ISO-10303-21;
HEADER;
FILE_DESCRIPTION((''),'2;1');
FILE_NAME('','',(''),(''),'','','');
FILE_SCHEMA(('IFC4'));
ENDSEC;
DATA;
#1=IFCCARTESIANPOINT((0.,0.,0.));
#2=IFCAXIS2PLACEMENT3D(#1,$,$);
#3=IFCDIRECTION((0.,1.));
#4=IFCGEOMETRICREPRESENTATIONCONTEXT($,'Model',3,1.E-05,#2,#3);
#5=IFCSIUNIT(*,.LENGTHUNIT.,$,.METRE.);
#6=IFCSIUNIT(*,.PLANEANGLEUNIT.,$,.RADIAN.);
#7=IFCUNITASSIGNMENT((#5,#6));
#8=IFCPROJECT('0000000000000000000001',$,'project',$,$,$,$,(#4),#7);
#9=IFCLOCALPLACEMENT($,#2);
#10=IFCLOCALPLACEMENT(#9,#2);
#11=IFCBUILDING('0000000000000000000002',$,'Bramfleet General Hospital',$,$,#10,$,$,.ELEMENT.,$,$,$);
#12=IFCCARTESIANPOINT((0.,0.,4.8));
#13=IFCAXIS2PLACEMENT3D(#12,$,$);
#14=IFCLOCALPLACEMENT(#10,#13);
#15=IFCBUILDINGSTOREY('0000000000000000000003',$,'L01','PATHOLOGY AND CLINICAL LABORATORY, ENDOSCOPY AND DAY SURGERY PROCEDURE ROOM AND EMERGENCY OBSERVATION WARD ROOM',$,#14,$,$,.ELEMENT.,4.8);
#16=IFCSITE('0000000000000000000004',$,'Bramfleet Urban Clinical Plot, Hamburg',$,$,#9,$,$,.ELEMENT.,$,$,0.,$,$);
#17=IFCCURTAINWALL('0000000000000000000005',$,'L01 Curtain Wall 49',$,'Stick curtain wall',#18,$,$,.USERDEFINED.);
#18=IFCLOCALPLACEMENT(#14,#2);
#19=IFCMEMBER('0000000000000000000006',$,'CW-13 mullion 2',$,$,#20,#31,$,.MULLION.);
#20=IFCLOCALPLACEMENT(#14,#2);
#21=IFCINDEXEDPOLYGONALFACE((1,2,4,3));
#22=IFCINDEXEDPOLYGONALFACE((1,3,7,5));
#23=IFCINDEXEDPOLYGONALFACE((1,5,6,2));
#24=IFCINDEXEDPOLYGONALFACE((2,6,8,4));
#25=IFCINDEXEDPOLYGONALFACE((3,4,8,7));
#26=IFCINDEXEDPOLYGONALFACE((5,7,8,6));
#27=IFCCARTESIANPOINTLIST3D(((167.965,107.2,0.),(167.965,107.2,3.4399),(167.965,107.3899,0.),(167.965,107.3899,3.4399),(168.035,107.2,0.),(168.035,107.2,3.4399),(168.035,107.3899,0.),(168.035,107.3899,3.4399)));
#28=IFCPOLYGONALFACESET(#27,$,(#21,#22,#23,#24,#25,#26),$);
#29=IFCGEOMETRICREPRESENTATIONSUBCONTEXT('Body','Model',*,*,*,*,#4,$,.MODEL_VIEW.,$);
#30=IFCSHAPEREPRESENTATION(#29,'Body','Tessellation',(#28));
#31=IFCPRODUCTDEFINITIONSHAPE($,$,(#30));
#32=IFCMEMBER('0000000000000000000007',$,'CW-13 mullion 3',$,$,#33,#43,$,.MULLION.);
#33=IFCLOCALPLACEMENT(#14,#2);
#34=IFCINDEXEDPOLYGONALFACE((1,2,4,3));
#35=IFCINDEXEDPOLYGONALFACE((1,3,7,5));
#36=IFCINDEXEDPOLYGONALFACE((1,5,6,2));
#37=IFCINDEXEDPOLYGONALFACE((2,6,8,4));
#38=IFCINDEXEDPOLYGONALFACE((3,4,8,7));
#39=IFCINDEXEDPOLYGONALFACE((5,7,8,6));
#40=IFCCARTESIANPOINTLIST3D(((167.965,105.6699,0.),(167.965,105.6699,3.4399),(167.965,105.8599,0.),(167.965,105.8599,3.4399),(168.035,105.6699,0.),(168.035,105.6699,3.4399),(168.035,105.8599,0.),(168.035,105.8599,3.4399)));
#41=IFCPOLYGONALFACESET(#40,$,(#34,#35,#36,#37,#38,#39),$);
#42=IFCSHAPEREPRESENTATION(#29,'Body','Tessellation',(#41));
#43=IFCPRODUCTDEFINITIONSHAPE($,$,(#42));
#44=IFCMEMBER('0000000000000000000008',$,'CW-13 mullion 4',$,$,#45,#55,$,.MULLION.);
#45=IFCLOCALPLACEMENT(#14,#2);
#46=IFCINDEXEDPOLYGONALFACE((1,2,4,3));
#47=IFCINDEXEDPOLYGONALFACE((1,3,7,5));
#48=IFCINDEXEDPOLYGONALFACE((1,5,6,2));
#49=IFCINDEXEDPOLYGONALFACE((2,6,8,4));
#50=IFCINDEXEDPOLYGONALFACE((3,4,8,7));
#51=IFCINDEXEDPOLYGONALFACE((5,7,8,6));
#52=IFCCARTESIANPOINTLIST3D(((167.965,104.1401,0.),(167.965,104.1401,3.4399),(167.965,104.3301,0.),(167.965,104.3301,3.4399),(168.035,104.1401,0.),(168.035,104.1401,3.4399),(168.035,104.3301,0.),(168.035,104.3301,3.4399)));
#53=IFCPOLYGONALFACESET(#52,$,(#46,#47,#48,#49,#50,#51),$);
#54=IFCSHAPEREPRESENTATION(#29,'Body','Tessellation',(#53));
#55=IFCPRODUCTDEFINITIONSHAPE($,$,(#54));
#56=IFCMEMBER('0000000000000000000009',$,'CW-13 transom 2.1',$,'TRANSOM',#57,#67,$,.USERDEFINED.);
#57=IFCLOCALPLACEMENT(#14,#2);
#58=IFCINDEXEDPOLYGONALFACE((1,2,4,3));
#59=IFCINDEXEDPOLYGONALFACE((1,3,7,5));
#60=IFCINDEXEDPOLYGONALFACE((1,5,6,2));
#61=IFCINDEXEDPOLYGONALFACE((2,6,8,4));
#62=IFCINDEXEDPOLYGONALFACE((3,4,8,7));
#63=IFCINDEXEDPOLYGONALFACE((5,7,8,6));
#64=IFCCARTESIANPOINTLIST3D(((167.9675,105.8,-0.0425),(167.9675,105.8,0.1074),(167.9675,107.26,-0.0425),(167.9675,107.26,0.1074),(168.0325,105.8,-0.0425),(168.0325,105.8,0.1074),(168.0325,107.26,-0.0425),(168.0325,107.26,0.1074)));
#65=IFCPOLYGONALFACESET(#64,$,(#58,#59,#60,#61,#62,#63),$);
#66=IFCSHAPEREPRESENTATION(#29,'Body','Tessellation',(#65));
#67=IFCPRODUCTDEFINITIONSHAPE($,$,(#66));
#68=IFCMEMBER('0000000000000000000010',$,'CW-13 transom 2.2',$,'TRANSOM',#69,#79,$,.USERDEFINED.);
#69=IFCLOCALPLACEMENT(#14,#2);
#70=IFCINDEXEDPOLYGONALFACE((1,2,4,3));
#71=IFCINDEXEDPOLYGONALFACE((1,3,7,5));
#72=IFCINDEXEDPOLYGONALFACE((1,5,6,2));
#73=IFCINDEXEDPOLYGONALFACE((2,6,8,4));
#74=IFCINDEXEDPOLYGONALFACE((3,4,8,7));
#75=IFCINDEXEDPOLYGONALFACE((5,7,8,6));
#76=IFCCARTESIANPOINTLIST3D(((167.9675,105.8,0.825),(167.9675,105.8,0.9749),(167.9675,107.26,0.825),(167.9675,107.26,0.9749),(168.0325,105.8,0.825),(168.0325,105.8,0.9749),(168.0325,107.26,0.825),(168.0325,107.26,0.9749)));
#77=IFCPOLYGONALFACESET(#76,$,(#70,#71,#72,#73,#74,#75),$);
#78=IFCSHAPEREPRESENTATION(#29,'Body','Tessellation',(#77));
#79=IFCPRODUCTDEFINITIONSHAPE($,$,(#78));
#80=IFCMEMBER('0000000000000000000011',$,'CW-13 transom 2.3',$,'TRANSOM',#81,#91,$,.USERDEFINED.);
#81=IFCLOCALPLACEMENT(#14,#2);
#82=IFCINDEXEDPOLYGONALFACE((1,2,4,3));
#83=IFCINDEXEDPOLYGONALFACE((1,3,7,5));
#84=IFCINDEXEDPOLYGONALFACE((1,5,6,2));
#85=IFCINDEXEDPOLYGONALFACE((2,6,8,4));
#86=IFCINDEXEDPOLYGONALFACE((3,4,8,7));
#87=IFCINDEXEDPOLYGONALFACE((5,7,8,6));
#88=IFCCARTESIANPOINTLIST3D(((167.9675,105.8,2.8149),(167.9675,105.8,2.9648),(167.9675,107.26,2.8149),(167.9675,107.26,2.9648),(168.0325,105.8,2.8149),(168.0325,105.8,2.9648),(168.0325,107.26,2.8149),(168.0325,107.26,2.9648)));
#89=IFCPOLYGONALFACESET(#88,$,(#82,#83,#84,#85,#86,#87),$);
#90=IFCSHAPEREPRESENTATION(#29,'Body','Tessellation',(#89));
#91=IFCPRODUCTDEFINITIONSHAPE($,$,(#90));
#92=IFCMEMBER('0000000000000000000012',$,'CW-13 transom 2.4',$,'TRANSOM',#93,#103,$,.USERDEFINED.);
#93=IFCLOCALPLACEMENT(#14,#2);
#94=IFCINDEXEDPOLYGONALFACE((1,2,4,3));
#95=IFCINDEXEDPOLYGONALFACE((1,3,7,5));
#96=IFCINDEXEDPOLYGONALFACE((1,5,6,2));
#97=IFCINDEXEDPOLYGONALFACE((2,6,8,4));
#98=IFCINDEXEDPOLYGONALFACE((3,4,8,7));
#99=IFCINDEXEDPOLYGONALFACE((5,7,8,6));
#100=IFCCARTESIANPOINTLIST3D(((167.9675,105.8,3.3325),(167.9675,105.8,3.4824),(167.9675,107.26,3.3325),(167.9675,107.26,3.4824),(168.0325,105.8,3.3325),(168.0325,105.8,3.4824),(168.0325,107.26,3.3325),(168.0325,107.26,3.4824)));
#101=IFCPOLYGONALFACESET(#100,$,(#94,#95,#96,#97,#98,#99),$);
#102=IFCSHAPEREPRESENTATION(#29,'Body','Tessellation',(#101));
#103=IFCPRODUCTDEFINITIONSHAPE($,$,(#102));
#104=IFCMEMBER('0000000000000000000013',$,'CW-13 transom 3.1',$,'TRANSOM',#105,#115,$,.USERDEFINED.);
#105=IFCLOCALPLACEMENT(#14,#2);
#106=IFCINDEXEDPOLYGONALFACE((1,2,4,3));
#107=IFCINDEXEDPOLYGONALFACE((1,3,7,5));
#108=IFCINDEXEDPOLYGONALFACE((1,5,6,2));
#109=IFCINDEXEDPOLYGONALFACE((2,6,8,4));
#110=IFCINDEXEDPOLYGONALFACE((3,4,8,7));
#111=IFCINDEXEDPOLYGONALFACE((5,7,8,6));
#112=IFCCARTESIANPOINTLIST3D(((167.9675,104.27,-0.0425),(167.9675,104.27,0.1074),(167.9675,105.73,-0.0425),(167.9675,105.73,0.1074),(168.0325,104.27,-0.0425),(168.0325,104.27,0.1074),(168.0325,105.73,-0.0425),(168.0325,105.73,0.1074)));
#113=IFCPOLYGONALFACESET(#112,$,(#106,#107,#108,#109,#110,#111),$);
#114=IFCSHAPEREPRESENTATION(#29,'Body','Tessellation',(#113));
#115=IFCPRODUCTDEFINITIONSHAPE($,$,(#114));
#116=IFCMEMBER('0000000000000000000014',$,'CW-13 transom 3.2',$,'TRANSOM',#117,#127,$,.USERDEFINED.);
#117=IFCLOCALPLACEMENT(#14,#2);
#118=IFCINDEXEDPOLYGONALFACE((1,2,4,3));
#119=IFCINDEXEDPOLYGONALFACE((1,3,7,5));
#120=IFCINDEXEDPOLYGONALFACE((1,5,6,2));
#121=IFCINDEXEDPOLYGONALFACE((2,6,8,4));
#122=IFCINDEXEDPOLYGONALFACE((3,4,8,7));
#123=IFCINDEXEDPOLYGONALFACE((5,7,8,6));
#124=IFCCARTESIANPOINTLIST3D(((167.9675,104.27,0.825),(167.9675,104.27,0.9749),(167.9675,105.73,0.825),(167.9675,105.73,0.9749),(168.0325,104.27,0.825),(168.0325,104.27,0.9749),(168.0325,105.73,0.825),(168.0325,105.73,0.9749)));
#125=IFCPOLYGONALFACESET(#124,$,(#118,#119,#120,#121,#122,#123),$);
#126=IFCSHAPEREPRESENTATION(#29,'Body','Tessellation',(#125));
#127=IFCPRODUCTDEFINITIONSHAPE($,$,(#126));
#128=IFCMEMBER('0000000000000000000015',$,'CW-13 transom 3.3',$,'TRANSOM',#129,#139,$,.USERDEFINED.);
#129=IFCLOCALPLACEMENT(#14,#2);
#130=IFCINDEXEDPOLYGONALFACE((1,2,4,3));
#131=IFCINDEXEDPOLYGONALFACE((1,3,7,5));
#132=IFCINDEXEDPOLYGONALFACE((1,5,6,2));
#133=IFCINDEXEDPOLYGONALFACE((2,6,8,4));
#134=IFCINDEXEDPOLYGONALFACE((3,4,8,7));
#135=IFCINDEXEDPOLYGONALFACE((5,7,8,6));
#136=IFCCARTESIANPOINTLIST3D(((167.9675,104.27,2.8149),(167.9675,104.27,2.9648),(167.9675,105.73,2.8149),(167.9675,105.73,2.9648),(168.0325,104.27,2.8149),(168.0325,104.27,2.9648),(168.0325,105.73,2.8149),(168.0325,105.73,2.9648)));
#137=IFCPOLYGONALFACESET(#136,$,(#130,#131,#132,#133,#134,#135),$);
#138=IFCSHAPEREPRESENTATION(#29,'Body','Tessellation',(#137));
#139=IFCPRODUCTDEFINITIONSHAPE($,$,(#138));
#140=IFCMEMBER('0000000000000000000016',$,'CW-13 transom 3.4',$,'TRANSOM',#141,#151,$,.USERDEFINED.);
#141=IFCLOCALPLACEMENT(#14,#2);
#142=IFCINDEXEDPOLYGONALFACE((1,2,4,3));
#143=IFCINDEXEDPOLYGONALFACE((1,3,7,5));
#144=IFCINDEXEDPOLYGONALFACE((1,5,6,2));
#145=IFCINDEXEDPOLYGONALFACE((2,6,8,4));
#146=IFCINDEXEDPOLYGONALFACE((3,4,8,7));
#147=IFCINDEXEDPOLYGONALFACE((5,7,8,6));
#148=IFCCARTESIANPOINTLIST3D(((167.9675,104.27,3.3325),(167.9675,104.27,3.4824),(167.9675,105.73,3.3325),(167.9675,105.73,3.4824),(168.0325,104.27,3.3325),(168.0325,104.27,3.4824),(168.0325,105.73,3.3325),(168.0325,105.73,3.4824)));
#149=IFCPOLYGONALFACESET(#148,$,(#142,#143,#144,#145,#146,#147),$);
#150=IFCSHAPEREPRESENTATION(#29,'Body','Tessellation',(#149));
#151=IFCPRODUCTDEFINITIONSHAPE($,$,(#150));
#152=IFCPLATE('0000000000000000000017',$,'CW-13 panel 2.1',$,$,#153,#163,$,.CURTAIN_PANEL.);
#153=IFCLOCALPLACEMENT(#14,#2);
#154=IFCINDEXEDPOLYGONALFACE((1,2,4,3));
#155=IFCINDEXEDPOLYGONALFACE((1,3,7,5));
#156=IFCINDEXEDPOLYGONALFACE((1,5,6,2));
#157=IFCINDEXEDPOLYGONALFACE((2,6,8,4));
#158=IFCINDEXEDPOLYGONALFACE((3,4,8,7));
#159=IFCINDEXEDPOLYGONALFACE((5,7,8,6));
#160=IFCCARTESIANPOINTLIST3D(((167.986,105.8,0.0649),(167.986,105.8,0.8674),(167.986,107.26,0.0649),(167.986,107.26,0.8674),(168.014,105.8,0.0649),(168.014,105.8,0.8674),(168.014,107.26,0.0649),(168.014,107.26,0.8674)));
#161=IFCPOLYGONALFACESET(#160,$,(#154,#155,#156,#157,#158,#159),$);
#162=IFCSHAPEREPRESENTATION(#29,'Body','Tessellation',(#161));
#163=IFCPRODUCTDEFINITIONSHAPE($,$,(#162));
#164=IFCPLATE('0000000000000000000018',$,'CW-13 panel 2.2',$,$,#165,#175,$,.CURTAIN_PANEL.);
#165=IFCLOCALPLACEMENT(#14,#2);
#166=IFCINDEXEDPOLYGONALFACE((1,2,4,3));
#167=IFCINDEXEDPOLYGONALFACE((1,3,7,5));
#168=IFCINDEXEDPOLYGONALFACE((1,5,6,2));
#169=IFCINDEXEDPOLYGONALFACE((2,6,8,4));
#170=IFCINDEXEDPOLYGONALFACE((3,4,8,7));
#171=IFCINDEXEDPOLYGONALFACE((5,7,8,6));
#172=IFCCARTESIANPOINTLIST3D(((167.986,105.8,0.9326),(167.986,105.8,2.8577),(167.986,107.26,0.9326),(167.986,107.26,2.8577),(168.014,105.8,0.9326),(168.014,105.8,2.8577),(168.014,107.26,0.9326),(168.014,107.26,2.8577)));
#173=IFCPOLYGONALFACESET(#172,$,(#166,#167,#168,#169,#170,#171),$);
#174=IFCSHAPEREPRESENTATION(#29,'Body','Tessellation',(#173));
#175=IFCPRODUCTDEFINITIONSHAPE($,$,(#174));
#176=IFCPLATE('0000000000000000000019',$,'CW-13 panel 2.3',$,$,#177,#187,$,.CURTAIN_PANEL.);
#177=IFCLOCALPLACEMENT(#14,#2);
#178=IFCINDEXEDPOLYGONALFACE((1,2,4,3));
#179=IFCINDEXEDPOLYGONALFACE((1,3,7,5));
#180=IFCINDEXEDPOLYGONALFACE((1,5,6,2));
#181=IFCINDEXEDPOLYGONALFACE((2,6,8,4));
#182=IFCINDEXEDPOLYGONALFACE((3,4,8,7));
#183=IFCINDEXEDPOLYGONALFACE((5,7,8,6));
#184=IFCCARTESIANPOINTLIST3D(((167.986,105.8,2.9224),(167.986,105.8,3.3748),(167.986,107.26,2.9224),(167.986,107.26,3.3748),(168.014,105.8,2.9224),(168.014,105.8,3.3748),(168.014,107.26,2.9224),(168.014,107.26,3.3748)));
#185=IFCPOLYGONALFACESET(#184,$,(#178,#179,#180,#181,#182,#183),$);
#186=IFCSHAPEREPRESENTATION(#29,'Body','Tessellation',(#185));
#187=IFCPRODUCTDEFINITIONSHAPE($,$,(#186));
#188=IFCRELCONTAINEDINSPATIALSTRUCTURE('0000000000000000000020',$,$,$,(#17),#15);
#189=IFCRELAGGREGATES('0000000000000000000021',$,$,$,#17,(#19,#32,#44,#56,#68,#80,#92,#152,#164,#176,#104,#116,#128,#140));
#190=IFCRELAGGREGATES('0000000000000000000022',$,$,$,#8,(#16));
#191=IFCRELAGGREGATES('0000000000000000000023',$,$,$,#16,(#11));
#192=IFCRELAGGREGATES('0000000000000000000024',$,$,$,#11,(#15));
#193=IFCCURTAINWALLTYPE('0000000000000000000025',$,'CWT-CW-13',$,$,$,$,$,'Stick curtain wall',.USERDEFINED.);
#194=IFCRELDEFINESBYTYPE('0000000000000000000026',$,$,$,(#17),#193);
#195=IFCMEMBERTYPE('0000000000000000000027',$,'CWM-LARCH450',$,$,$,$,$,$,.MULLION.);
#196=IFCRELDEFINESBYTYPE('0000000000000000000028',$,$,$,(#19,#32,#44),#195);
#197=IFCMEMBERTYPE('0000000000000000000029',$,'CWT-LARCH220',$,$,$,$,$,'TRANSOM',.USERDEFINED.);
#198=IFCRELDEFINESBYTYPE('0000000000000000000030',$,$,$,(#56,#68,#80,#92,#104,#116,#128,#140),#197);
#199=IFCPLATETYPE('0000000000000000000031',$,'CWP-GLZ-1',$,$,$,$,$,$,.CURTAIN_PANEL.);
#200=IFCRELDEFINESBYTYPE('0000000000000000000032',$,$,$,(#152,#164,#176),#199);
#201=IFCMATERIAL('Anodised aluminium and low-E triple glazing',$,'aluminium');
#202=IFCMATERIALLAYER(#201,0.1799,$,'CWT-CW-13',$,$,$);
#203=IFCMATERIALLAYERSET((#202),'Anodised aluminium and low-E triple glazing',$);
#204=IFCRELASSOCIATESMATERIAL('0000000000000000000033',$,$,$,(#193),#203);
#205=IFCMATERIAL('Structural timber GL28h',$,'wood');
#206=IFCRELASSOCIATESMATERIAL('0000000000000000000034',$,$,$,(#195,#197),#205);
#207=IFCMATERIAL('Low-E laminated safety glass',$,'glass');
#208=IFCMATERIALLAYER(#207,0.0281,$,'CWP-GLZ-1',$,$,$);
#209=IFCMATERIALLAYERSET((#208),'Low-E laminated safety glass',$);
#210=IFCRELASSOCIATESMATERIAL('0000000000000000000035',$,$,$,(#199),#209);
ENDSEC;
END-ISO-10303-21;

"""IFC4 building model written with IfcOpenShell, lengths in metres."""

from ifc_helpers import new_model, si_unit, direction, frame, origin, origin_2d, place, context, subcontext, project, spatial, rectangle, extrude, material, layer, layer_set, material_profile, profile_set, type_object, element, aggregate, save


model = new_model("IFC4")

# Units and contexts
model_context = context("Model", 3, precision=1e-05, world=origin(), true_north=direction((0.0, 1.0)))
body_context = subcontext(model_context, "Body", "Model", "MODEL_VIEW")
ifc_project = project(units=[si_unit("LENGTHUNIT", "METRE"), si_unit("PLANEANGLEUNIT", "RADIAN")], contexts=[model_context])

# Site, building, storey
site_placement = place(None, origin())
site = spatial("IfcSite", under=ifc_project, at=site_placement, Name="Bramfleet Urban Clinical Plot, Hamburg", CompositionType="ELEMENT", RefElevation=0.0)
building_placement = place(site_placement, origin())
building = spatial("IfcBuilding", under=site, at=building_placement, Name="Bramfleet General Hospital", CompositionType="ELEMENT")
storey_placement = place(building_placement, frame((0.0, 0.0, 4.8)))
storey = spatial("IfcBuildingStorey", under=building, at=storey_placement, Name="L01", Description="PATHOLOGY AND CLINICAL LABORATORY, ENDOSCOPY AND DAY SURGERY PROCEDURE ROOM AND EMERGENCY OBSERVATION WARD ROOM", CompositionType="ELEMENT", Elevation=4.8)

# Curtain wall, members, plates
ifc_material_1 = material(Name="Anodised aluminium and low-E triple glazing", Category="aluminium")
ifc_layer_1 = layer(ifc_material_1, 0.1799, Name="CWT-CW-13")
ifc_layer_set_1 = layer_set([ifc_layer_1], Name="Anodised aluminium and low-E triple glazing")
curtain_wall_type = type_object("IfcCurtainWallType", Name="CWT-CW-13", ElementType="Stick curtain wall", PredefinedType="USERDEFINED", material=ifc_layer_set_1)
curtain_wall_placement = place(storey_placement, origin())
curtain_wall = element("IfcCurtainWall", 1, at=curtain_wall_placement, inside=storey, type_object=curtain_wall_type, Name="L01 Curtain Wall 49", ObjectType="Stick curtain wall", PredefinedType="USERDEFINED")
ifc_material_2 = material(Name="Structural timber GL28h", Category="wood")
ifc_material_profile_1 = material_profile(ifc_material_2, rectangle(XDim=0.0701, YDim=0.1899, at=origin_2d()), Name="LARCH 190x70")
ifc_profile_set_1 = profile_set([ifc_material_profile_1], Name="Structural timber GL28h")
member_type_1 = type_object("IfcMemberType", Name="CWM-LARCH450", PredefinedType="MULLION", material=ifc_profile_set_1)
member_1_placement = place(storey_placement, frame((168.0, 107.2949, 0.0), z_axis=(0.0, 0.0, 1.0), x_axis=(1.0, 0.0, 0.0)))
member_1 = element("IfcMember", 2, at=member_1_placement, type_object=member_type_1, Name="CW-13 mullion 2", PredefinedType="MULLION", context=body_context, shape_type="SweptSolid", body=[
    extrude(rectangle(XDim=0.0701, YDim=0.1899, at=origin_2d()), origin(), (0.0, 0.0, 1.0), 3.4399),
])
member_2_placement = place(storey_placement, frame((168.0, 105.7649, 0.0), z_axis=(0.0, 0.0, 1.0), x_axis=(1.0, 0.0, 0.0)))
member_2 = element("IfcMember", 3, at=member_2_placement, type_object=member_type_1, Name="CW-13 mullion 3", PredefinedType="MULLION", context=body_context, shape_type="SweptSolid", body=[
    extrude(rectangle(XDim=0.0701, YDim=0.1899, at=origin_2d()), origin(), (0.0, 0.0, 1.0), 3.4399),
])
member_3_placement = place(storey_placement, frame((168.0, 104.2351, 0.0), z_axis=(0.0, 0.0, 1.0), x_axis=(1.0, 0.0, 0.0)))
member_3 = element("IfcMember", 4, at=member_3_placement, type_object=member_type_1, Name="CW-13 mullion 4", PredefinedType="MULLION", context=body_context, shape_type="SweptSolid", body=[
    extrude(rectangle(XDim=0.0701, YDim=0.1899, at=origin_2d()), origin(), (0.0, 0.0, 1.0), 3.4399),
])
ifc_material_profile_2 = material_profile(ifc_material_2, rectangle(XDim=0.0649, YDim=0.1499, at=origin_2d()), Name="LARCH 150x65")
ifc_profile_set_2 = profile_set([ifc_material_profile_2], Name="Structural timber GL28h")
member_type_2 = type_object("IfcMemberType", Name="CWT-LARCH220", ElementType="TRANSOM", PredefinedType="USERDEFINED", material=ifc_profile_set_2)
member_4_placement = place(storey_placement, frame((168.0, 107.26, 0.0325), z_axis=(0.0, -1.0, 0.0), x_axis=(1.0, 0.0, 0.0)))
member_4 = element("IfcMember", 5, at=member_4_placement, type_object=member_type_2, Name="CW-13 transom 2.1", ObjectType="TRANSOM", PredefinedType="USERDEFINED", context=body_context, shape_type="SweptSolid", body=[
    extrude(rectangle(XDim=0.0649, YDim=0.1499, at=origin_2d()), origin(), (0.0, 0.0, 1.0), 1.46),
])
member_5_placement = place(storey_placement, frame((168.0, 107.26, 0.8999), z_axis=(0.0, -1.0, 0.0), x_axis=(1.0, 0.0, 0.0)))
member_5 = element("IfcMember", 6, at=member_5_placement, type_object=member_type_2, Name="CW-13 transom 2.2", ObjectType="TRANSOM", PredefinedType="USERDEFINED", context=body_context, shape_type="SweptSolid", body=[
    extrude(rectangle(XDim=0.0649, YDim=0.1499, at=origin_2d()), origin(), (0.0, 0.0, 1.0), 1.46),
])
member_6_placement = place(storey_placement, frame((168.0, 107.26, 2.8899), z_axis=(0.0, -1.0, 0.0), x_axis=(1.0, 0.0, 0.0)))
member_6 = element("IfcMember", 7, at=member_6_placement, type_object=member_type_2, Name="CW-13 transom 2.3", ObjectType="TRANSOM", PredefinedType="USERDEFINED", context=body_context, shape_type="SweptSolid", body=[
    extrude(rectangle(XDim=0.0649, YDim=0.1499, at=origin_2d()), origin(), (0.0, 0.0, 1.0), 1.46),
])
member_7_placement = place(storey_placement, frame((168.0, 107.26, 3.4075), z_axis=(0.0, -1.0, 0.0), x_axis=(1.0, 0.0, 0.0)))
member_7 = element("IfcMember", 8, at=member_7_placement, type_object=member_type_2, Name="CW-13 transom 2.4", ObjectType="TRANSOM", PredefinedType="USERDEFINED", context=body_context, shape_type="SweptSolid", body=[
    extrude(rectangle(XDim=0.0649, YDim=0.1499, at=origin_2d()), origin(), (0.0, 0.0, 1.0), 1.46),
])
member_8_placement = place(storey_placement, frame((168.0, 105.73, 0.0325), z_axis=(0.0, -1.0, 0.0), x_axis=(1.0, 0.0, 0.0)))
member_8 = element("IfcMember", 9, at=member_8_placement, type_object=member_type_2, Name="CW-13 transom 3.1", ObjectType="TRANSOM", PredefinedType="USERDEFINED", context=body_context, shape_type="SweptSolid", body=[
    extrude(rectangle(XDim=0.0649, YDim=0.1499, at=origin_2d()), origin(), (0.0, 0.0, 1.0), 1.46),
])
member_9_placement = place(storey_placement, frame((168.0, 105.73, 0.8999), z_axis=(0.0, -1.0, 0.0), x_axis=(1.0, 0.0, 0.0)))
member_9 = element("IfcMember", 10, at=member_9_placement, type_object=member_type_2, Name="CW-13 transom 3.2", ObjectType="TRANSOM", PredefinedType="USERDEFINED", context=body_context, shape_type="SweptSolid", body=[
    extrude(rectangle(XDim=0.0649, YDim=0.1499, at=origin_2d()), origin(), (0.0, 0.0, 1.0), 1.46),
])
member_10_placement = place(storey_placement, frame((168.0, 105.73, 2.8899), z_axis=(0.0, -1.0, 0.0), x_axis=(1.0, 0.0, 0.0)))
member_10 = element("IfcMember", 11, at=member_10_placement, type_object=member_type_2, Name="CW-13 transom 3.3", ObjectType="TRANSOM", PredefinedType="USERDEFINED", context=body_context, shape_type="SweptSolid", body=[
    extrude(rectangle(XDim=0.0649, YDim=0.1499, at=origin_2d()), origin(), (0.0, 0.0, 1.0), 1.46),
])
member_11_placement = place(storey_placement, frame((168.0, 105.73, 3.4075), z_axis=(0.0, -1.0, 0.0), x_axis=(1.0, 0.0, 0.0)))
member_11 = element("IfcMember", 12, at=member_11_placement, type_object=member_type_2, Name="CW-13 transom 3.4", ObjectType="TRANSOM", PredefinedType="USERDEFINED", context=body_context, shape_type="SweptSolid", body=[
    extrude(rectangle(XDim=0.0649, YDim=0.1499, at=origin_2d()), origin(), (0.0, 0.0, 1.0), 1.46),
])
ifc_material_3 = material(Name="Low-E laminated safety glass", Category="glass")
ifc_layer_2 = layer(ifc_material_3, 0.0281, Name="CWP-GLZ-1")
ifc_layer_set_2 = layer_set([ifc_layer_2], Name="Low-E laminated safety glass")
plate_type = type_object("IfcPlateType", Name="CWP-GLZ-1", PredefinedType="CURTAIN_PANEL", material=ifc_layer_set_2)
plate_1_placement = place(storey_placement, frame((168.0, 106.53, 0.0649), z_axis=(0.0, 0.0, 1.0), x_axis=(0.0, -1.0, 0.0)))
plate_1 = element("IfcPlate", 13, at=plate_1_placement, type_object=plate_type, Name="CW-13 panel 2.1", PredefinedType="CURTAIN_PANEL", context=body_context, shape_type="SweptSolid", body=[
    extrude(rectangle(XDim=1.46, YDim=0.0281, at=origin_2d()), origin(), (0.0, 0.0, 1.0), 0.8025),
])
plate_2_placement = place(storey_placement, frame((168.0, 106.53, 0.9326), z_axis=(0.0, 0.0, 1.0), x_axis=(0.0, -1.0, 0.0)))
plate_2 = element("IfcPlate", 14, at=plate_2_placement, type_object=plate_type, Name="CW-13 panel 2.2", PredefinedType="CURTAIN_PANEL", context=body_context, shape_type="SweptSolid", body=[
    extrude(rectangle(XDim=1.46, YDim=0.0281, at=origin_2d()), origin(), (0.0, 0.0, 1.0), 1.925),
])
plate_3_placement = place(storey_placement, frame((168.0, 106.53, 2.9224), z_axis=(0.0, 0.0, 1.0), x_axis=(0.0, -1.0, 0.0)))
plate_3 = element("IfcPlate", 15, at=plate_3_placement, type_object=plate_type, Name="CW-13 panel 2.3", PredefinedType="CURTAIN_PANEL", context=body_context, shape_type="SweptSolid", body=[
    extrude(rectangle(XDim=1.46, YDim=0.0281, at=origin_2d()), origin(), (0.0, 0.0, 1.0), 0.4524),
])
aggregate(curtain_wall, [member_1, member_2, member_3, member_4, member_5, member_6, member_7, plate_1, plate_2, plate_3, member_8, member_9, member_10, member_11])

save(model, "model.ifc")
